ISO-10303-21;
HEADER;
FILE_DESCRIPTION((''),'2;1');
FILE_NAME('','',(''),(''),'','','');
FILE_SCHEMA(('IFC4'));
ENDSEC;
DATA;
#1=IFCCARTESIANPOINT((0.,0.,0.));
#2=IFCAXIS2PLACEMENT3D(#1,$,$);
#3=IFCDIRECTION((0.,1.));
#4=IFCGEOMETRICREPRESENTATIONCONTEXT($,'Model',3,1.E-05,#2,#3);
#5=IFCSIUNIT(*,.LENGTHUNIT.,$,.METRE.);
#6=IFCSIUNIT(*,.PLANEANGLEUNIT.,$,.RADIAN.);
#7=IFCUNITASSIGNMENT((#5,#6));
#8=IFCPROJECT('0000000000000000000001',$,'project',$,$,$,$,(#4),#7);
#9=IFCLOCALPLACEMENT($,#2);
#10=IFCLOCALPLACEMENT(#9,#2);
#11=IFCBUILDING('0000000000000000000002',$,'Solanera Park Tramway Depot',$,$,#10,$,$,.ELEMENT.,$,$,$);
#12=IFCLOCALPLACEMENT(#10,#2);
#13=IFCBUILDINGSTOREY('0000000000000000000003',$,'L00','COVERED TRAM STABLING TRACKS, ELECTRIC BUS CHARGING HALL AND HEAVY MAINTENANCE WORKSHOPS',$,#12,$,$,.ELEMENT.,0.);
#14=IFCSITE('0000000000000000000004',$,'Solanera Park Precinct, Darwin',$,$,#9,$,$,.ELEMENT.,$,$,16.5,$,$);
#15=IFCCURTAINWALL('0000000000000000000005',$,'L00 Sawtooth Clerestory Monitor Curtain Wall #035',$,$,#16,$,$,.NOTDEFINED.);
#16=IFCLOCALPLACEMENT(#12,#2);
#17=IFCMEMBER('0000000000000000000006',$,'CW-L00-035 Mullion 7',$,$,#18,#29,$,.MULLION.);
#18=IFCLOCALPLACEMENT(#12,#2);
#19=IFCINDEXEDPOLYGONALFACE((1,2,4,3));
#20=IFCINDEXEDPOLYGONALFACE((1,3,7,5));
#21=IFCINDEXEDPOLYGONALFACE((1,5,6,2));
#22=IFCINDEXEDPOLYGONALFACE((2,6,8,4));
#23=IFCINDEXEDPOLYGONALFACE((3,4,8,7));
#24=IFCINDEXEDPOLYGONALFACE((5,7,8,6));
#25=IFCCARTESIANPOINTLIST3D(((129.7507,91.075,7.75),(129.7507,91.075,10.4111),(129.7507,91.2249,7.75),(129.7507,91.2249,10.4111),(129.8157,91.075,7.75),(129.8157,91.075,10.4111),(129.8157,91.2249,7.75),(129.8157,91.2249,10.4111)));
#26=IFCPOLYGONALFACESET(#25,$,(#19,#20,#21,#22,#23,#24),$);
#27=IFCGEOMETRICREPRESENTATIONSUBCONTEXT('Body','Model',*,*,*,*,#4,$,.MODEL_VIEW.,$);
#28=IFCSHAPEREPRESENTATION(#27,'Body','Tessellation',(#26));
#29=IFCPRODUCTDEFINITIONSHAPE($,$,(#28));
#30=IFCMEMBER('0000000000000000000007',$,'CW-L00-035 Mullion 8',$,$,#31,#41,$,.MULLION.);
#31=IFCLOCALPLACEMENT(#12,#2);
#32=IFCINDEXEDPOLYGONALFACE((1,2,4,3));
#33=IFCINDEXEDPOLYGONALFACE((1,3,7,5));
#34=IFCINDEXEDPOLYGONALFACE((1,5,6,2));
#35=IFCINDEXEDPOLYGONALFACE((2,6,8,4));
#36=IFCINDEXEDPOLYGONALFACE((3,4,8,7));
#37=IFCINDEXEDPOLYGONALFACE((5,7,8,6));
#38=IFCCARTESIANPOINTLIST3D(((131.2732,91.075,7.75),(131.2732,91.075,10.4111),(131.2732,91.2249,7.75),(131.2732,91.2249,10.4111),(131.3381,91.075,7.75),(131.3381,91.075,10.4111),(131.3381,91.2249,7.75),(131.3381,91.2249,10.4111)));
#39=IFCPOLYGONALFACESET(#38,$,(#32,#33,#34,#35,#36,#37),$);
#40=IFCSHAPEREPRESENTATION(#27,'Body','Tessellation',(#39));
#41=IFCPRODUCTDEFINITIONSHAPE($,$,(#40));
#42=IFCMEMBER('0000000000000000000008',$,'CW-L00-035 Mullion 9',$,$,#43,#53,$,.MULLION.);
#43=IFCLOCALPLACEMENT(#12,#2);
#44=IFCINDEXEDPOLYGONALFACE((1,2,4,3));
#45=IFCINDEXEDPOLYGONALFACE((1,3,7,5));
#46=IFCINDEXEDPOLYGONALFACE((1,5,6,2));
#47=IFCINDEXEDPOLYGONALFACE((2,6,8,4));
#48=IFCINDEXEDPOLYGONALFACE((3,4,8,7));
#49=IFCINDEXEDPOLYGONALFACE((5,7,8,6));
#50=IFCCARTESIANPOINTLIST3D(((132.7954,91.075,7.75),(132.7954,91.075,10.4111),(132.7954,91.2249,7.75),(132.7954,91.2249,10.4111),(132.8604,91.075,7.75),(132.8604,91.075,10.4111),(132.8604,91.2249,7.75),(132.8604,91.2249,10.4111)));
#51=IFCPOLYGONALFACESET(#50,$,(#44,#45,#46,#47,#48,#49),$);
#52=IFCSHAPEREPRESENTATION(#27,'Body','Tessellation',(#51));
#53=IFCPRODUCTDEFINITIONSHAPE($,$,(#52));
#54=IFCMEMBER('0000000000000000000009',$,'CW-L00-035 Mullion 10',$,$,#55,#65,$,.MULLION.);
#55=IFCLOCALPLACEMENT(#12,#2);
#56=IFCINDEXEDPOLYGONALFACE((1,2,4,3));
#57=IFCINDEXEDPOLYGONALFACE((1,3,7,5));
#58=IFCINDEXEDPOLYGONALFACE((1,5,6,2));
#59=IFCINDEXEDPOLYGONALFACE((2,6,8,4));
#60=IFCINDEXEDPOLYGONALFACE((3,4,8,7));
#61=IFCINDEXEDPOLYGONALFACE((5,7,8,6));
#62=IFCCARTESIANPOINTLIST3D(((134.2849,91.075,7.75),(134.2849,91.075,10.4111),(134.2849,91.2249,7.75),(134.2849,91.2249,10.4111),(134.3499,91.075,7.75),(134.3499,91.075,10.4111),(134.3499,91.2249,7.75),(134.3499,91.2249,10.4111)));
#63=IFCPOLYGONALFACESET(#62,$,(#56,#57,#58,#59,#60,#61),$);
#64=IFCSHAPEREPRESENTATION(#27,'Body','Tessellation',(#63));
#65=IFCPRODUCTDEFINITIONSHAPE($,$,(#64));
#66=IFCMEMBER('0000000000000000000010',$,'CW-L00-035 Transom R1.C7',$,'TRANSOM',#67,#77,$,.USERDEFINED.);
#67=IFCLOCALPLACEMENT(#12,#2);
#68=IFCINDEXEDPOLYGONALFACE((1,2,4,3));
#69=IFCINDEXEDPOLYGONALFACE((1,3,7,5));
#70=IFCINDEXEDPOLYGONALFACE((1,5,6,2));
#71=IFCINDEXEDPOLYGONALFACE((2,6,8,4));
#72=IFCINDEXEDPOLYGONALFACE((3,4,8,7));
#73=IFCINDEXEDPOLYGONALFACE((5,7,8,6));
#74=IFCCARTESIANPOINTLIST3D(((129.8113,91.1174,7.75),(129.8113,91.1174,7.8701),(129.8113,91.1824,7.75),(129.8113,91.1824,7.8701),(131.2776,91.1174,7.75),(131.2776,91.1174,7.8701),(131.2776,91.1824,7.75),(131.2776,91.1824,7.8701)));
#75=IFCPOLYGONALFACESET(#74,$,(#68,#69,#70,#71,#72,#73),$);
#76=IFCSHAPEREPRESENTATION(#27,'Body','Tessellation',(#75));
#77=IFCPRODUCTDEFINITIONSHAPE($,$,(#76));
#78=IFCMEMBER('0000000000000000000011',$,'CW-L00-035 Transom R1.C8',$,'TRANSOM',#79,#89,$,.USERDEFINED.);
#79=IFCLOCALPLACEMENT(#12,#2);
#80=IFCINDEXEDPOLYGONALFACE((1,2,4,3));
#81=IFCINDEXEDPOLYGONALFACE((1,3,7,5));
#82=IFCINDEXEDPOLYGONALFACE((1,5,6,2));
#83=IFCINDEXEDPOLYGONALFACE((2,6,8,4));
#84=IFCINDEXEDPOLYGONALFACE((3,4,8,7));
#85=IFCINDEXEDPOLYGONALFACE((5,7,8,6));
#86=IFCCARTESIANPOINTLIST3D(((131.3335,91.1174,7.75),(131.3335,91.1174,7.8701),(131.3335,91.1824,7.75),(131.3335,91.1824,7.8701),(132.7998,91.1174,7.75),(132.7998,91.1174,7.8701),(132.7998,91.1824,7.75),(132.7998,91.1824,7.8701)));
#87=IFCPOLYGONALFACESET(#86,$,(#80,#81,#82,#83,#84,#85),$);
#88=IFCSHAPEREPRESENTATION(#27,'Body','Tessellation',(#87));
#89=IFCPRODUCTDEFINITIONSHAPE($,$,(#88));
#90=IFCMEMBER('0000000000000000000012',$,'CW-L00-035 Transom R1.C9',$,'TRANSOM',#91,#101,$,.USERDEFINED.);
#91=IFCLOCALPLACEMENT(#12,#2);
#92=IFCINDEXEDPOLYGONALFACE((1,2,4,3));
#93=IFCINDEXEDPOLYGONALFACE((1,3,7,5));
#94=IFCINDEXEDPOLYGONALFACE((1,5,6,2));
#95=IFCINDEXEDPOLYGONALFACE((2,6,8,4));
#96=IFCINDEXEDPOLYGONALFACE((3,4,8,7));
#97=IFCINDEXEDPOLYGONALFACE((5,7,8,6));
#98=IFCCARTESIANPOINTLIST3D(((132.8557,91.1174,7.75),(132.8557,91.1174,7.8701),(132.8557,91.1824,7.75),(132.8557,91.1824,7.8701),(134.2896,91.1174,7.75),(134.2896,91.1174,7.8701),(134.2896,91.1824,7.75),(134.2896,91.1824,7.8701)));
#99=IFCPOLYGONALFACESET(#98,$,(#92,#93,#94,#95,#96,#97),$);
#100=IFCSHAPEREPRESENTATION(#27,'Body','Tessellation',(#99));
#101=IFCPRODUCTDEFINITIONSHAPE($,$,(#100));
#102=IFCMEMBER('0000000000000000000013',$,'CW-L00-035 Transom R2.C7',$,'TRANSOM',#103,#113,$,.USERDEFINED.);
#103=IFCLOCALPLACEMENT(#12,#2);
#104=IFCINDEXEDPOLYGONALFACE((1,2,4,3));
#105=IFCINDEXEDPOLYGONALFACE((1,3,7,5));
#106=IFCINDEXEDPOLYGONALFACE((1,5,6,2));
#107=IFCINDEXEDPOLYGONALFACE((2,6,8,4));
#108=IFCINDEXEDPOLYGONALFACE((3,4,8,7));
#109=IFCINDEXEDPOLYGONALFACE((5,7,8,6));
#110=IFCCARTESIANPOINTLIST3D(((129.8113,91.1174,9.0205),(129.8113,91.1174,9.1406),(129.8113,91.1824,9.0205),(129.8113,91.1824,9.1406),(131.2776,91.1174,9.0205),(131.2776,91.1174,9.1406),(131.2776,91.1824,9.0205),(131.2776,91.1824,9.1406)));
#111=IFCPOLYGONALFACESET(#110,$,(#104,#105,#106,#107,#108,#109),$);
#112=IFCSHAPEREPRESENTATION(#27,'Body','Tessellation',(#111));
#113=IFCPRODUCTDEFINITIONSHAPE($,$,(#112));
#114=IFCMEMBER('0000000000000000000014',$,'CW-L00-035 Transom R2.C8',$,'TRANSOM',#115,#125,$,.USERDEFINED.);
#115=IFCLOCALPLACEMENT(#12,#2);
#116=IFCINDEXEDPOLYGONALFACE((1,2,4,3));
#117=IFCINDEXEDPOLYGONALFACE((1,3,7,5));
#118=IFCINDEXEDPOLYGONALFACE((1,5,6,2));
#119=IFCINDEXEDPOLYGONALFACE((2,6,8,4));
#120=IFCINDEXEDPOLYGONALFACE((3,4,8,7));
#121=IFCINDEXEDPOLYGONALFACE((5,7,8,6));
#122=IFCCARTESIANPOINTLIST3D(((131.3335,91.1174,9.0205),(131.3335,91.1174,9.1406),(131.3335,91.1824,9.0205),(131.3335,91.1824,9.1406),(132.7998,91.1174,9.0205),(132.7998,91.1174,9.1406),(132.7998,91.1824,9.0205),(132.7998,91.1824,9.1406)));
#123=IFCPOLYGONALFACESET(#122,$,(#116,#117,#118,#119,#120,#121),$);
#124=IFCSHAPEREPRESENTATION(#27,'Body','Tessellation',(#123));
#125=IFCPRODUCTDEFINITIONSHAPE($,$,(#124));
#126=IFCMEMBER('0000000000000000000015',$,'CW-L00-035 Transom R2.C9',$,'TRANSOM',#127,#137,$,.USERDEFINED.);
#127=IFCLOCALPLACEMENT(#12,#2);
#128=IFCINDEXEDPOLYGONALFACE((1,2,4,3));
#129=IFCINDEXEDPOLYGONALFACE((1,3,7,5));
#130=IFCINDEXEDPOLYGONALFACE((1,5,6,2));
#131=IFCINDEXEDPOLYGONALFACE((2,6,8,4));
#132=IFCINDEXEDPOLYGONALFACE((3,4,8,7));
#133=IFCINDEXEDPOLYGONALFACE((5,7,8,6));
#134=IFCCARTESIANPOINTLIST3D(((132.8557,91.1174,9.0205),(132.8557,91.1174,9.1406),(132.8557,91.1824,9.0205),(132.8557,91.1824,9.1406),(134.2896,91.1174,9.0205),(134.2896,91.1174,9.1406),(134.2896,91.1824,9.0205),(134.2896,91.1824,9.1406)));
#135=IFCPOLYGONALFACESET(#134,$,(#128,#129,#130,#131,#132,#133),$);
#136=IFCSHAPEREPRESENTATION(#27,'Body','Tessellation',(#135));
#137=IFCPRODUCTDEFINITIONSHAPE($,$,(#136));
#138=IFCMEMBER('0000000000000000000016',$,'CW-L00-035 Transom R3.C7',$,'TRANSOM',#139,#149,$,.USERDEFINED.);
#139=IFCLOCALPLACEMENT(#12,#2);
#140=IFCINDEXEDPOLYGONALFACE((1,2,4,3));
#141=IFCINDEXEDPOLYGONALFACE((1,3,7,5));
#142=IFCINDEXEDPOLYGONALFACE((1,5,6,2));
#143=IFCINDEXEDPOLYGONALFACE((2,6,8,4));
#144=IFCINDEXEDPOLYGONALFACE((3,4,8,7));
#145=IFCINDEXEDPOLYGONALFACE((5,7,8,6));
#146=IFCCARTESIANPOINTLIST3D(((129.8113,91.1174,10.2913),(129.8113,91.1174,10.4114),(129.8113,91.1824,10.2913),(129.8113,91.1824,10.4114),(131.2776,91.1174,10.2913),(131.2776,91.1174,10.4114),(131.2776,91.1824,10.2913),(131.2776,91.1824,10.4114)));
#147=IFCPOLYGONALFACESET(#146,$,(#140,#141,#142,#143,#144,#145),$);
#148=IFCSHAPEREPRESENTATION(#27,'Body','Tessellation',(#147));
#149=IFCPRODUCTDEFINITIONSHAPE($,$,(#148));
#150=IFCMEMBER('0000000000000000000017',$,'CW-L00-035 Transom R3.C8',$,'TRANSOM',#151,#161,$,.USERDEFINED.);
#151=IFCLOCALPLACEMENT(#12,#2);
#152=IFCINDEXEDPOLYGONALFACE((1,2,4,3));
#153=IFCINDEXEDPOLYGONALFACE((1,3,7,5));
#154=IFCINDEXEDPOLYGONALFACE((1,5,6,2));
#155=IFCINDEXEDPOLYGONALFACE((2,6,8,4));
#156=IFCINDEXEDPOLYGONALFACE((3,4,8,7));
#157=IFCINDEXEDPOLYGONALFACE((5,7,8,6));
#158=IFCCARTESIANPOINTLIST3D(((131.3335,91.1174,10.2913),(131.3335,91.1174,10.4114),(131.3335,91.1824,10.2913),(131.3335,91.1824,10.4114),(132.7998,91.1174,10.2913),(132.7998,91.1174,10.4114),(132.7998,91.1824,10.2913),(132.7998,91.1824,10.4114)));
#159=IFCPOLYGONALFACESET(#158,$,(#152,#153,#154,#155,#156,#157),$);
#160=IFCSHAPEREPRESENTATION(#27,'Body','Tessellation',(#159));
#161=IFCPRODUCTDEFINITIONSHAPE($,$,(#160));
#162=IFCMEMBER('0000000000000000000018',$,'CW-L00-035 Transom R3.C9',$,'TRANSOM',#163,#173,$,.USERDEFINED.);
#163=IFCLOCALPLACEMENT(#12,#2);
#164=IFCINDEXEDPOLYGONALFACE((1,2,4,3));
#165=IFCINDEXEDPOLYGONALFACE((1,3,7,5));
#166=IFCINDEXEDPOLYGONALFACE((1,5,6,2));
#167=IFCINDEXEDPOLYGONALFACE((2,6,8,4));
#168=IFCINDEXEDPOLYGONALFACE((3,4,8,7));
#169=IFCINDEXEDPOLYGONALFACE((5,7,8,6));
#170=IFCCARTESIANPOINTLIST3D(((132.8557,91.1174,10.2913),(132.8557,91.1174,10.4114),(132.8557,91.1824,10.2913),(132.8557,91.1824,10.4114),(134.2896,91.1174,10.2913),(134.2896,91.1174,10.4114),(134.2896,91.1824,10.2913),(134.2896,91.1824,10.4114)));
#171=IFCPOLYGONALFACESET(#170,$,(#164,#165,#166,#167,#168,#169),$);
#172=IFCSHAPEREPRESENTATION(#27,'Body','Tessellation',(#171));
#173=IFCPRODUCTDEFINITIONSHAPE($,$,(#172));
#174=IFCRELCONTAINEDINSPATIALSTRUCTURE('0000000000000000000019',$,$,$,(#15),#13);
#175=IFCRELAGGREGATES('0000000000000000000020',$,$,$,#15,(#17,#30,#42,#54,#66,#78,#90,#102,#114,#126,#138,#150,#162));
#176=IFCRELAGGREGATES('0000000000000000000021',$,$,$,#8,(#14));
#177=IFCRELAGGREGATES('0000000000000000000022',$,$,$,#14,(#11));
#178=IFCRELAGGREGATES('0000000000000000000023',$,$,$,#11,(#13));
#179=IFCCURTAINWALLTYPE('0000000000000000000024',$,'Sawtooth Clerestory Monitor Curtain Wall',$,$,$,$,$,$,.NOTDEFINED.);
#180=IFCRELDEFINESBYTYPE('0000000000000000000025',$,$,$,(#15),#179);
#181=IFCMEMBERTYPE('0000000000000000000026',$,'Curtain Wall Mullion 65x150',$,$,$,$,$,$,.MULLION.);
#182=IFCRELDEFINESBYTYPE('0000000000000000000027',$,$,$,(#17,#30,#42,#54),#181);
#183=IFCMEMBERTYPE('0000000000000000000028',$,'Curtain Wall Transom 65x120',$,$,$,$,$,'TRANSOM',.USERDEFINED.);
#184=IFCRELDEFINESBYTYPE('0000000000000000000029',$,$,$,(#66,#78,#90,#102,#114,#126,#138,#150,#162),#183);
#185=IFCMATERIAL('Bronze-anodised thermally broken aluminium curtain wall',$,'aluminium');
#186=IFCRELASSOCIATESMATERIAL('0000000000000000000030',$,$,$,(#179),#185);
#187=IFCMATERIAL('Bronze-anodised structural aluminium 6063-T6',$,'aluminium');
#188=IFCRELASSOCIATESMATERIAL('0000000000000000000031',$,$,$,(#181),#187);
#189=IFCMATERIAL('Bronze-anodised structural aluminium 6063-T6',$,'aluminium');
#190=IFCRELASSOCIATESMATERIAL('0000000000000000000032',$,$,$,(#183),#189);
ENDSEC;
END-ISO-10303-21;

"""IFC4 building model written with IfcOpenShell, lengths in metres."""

from ifc_helpers import new_model, si_unit, direction, frame, origin, origin_2d, place, context, subcontext, project, spatial, rectangle, extrude, material, material_profile, profile_set, type_object, element, aggregate, save


model = new_model("IFC4")

# Units and contexts
model_context = context("Model", 3, precision=1e-05, world=origin(), true_north=direction((0.0, 1.0)))
body_context = subcontext(model_context, "Body", "Model", "MODEL_VIEW")
ifc_project = project(units=[si_unit("LENGTHUNIT", "METRE"), si_unit("PLANEANGLEUNIT", "RADIAN")], contexts=[model_context])

# Site, building, storey
site_placement = place(None, origin())
site = spatial("IfcSite", under=ifc_project, at=site_placement, Name="Solanera Park Precinct, Darwin", CompositionType="ELEMENT", RefElevation=16.5)
building_placement = place(site_placement, origin())
building = spatial("IfcBuilding", under=site, at=building_placement, Name="Solanera Park Tramway Depot", CompositionType="ELEMENT")
storey_placement = place(building_placement, origin())
storey = spatial("IfcBuildingStorey", under=building, at=storey_placement, Name="L00", Description="COVERED TRAM STABLING TRACKS, ELECTRIC BUS CHARGING HALL AND HEAVY MAINTENANCE WORKSHOPS", CompositionType="ELEMENT", Elevation=0.0)

# Curtain wall, members
ifc_material_1 = material(Name="Bronze-anodised thermally broken aluminium curtain wall", Category="aluminium")
curtain_wall_type = type_object("IfcCurtainWallType", Name="Sawtooth Clerestory Monitor Curtain Wall", PredefinedType="NOTDEFINED", material=ifc_material_1)
curtain_wall_placement = place(storey_placement, origin())
curtain_wall = element("IfcCurtainWall", 1, at=curtain_wall_placement, inside=storey, type_object=curtain_wall_type, Name="L00 Sawtooth Clerestory Monitor Curtain Wall #035", PredefinedType="NOTDEFINED")
ifc_material_2 = material(Name="Bronze-anodised structural aluminium 6063-T6", Category="aluminium")
ifc_material_profile_1 = material_profile(ifc_material_2, rectangle(XDim=0.0649, YDim=0.1499, at=origin_2d()), Name="Curtain Wall Mullion 65x150")
ifc_profile_set_1 = profile_set([ifc_material_profile_1], Name="Bronze-anodised structural aluminium 6063-T6")
member_type_1 = type_object("IfcMemberType", Name="Curtain Wall Mullion 65x150", PredefinedType="MULLION", material=ifc_profile_set_1)
member_1_placement = place(storey_placement, frame((129.7832, 91.1499, 7.75), z_axis=(0.0, 0.0, 1.0), x_axis=(1.0, 0.0, 0.0)))
member_1 = element("IfcMember", 2, at=member_1_placement, type_object=member_type_1, Name="CW-L00-035 Mullion 7", PredefinedType="MULLION", context=body_context, shape_type="SweptSolid", body=[
    extrude(rectangle(XDim=0.0649, YDim=0.1499, at=origin_2d()), origin(), (0.0, 0.0, 1.0), 2.6611),
])
member_2_placement = place(storey_placement, frame((131.3057, 91.1499, 7.75), z_axis=(0.0, 0.0, 1.0), x_axis=(1.0, 0.0, 0.0)))
member_2 = element("IfcMember", 3, at=member_2_placement, type_object=member_type_1, Name="CW-L00-035 Mullion 8", PredefinedType="MULLION", context=body_context, shape_type="SweptSolid", body=[
    extrude(rectangle(XDim=0.0649, YDim=0.1499, at=origin_2d()), origin(), (0.0, 0.0, 1.0), 2.6611),
])
member_3_placement = place(storey_placement, frame((132.8279, 91.1499, 7.75), z_axis=(0.0, 0.0, 1.0), x_axis=(1.0, 0.0, 0.0)))
member_3 = element("IfcMember", 4, at=member_3_placement, type_object=member_type_1, Name="CW-L00-035 Mullion 9", PredefinedType="MULLION", context=body_context, shape_type="SweptSolid", body=[
    extrude(rectangle(XDim=0.0649, YDim=0.1499, at=origin_2d()), origin(), (0.0, 0.0, 1.0), 2.6611),
])
member_4_placement = place(storey_placement, frame((134.3174, 91.1499, 7.75), z_axis=(0.0, 0.0, 1.0), x_axis=(1.0, 0.0, 0.0)))
member_4 = element("IfcMember", 5, at=member_4_placement, type_object=member_type_1, Name="CW-L00-035 Mullion 10", PredefinedType="MULLION", context=body_context, shape_type="SweptSolid", body=[
    extrude(rectangle(XDim=0.0649, YDim=0.1499, at=origin_2d()), origin(), (0.0, 0.0, 1.0), 2.6611),
])
ifc_material_3 = material(Name="Bronze-anodised structural aluminium 6063-T6", Category="aluminium")
ifc_material_profile_2 = material_profile(ifc_material_3, rectangle(XDim=0.0649, YDim=0.1201, at=origin_2d()), Name="Curtain Wall Transom 65x120")
ifc_profile_set_2 = profile_set([ifc_material_profile_2], Name="Bronze-anodised structural aluminium 6063-T6")
member_type_2 = type_object("IfcMemberType", Name="Curtain Wall Transom 65x120", ElementType="TRANSOM", PredefinedType="USERDEFINED", material=ifc_profile_set_2)
member_5_placement = place(storey_placement, frame((129.8113, 91.1499, 7.8101), z_axis=(1.0, 0.0, 0.0), x_axis=(0.0, 1.0, 0.0)))
member_5 = element("IfcMember", 6, at=member_5_placement, type_object=member_type_2, Name="CW-L00-035 Transom R1.C7", ObjectType="TRANSOM", PredefinedType="USERDEFINED", context=body_context, shape_type="SweptSolid", body=[
    extrude(rectangle(XDim=0.0649, YDim=0.1201, at=origin_2d()), origin(), (0.0, 0.0, 1.0), 1.4663),
])
member_6_placement = place(storey_placement, frame((131.3335, 91.1499, 7.8101), z_axis=(1.0, 0.0, 0.0), x_axis=(0.0, 1.0, 0.0)))
member_6 = element("IfcMember", 7, at=member_6_placement, type_object=member_type_2, Name="CW-L00-035 Transom R1.C8", ObjectType="TRANSOM", PredefinedType="USERDEFINED", context=body_context, shape_type="SweptSolid", body=[
    extrude(rectangle(XDim=0.0649, YDim=0.1201, at=origin_2d()), origin(), (0.0, 0.0, 1.0), 1.4663),
])
member_7_placement = place(storey_placement, frame((132.8557, 91.1499, 7.8101), z_axis=(1.0, 0.0, 0.0), x_axis=(0.0, 1.0, 0.0)))
member_7 = element("IfcMember", 8, at=member_7_placement, type_object=member_type_2, Name="CW-L00-035 Transom R1.C9", ObjectType="TRANSOM", PredefinedType="USERDEFINED", context=body_context, shape_type="SweptSolid", body=[
    extrude(rectangle(XDim=0.0649, YDim=0.1201, at=origin_2d()), origin(), (0.0, 0.0, 1.0), 1.4338),
])
member_8_placement = place(storey_placement, frame((129.8113, 91.1499, 9.0806), z_axis=(1.0, 0.0, 0.0), x_axis=(0.0, 1.0, 0.0)))
member_8 = element("IfcMember", 9, at=member_8_placement, type_object=member_type_2, Name="CW-L00-035 Transom R2.C7", ObjectType="TRANSOM", PredefinedType="USERDEFINED", context=body_context, shape_type="SweptSolid", body=[
    extrude(rectangle(XDim=0.0649, YDim=0.1201, at=origin_2d()), origin(), (0.0, 0.0, 1.0), 1.4663),
])
member_9_placement = place(storey_placement, frame((131.3335, 91.1499, 9.0806), z_axis=(1.0, 0.0, 0.0), x_axis=(0.0, 1.0, 0.0)))
member_9 = element("IfcMember", 10, at=member_9_placement, type_object=member_type_2, Name="CW-L00-035 Transom R2.C8", ObjectType="TRANSOM", PredefinedType="USERDEFINED", context=body_context, shape_type="SweptSolid", body=[
    extrude(rectangle(XDim=0.0649, YDim=0.1201, at=origin_2d()), origin(), (0.0, 0.0, 1.0), 1.4663),
])
member_10_placement = place(storey_placement, frame((132.8557, 91.1499, 9.0806), z_axis=(1.0, 0.0, 0.0), x_axis=(0.0, 1.0, 0.0)))
member_10 = element("IfcMember", 11, at=member_10_placement, type_object=member_type_2, Name="CW-L00-035 Transom R2.C9", ObjectType="TRANSOM", PredefinedType="USERDEFINED", context=body_context, shape_type="SweptSolid", body=[
    extrude(rectangle(XDim=0.0649, YDim=0.1201, at=origin_2d()), origin(), (0.0, 0.0, 1.0), 1.4338),
])
member_11_placement = place(storey_placement, frame((129.8113, 91.1499, 10.3513), z_axis=(1.0, 0.0, 0.0), x_axis=(0.0, 1.0, 0.0)))
member_11 = element("IfcMember", 12, at=member_11_placement, type_object=member_type_2, Name="CW-L00-035 Transom R3.C7", ObjectType="TRANSOM", PredefinedType="USERDEFINED", context=body_context, shape_type="SweptSolid", body=[
    extrude(rectangle(XDim=0.0649, YDim=0.1201, at=origin_2d()), origin(), (0.0, 0.0, 1.0), 1.4663),
])
member_12_placement = place(storey_placement, frame((131.3335, 91.1499, 10.3513), z_axis=(1.0, 0.0, 0.0), x_axis=(0.0, 1.0, 0.0)))
member_12 = element("IfcMember", 13, at=member_12_placement, type_object=member_type_2, Name="CW-L00-035 Transom R3.C8", ObjectType="TRANSOM", PredefinedType="USERDEFINED", context=body_context, shape_type="SweptSolid", body=[
    extrude(rectangle(XDim=0.0649, YDim=0.1201, at=origin_2d()), origin(), (0.0, 0.0, 1.0), 1.4663),
])
member_13_placement = place(storey_placement, frame((132.8557, 91.1499, 10.3513), z_axis=(1.0, 0.0, 0.0), x_axis=(0.0, 1.0, 0.0)))
member_13 = element("IfcMember", 14, at=member_13_placement, type_object=member_type_2, Name="CW-L00-035 Transom R3.C9", ObjectType="TRANSOM", PredefinedType="USERDEFINED", context=body_context, shape_type="SweptSolid", body=[
    extrude(rectangle(XDim=0.0649, YDim=0.1201, at=origin_2d()), origin(), (0.0, 0.0, 1.0), 1.4338),
])

aggregate(curtain_wall, [member_1, member_2, member_3, member_4, member_5, member_6, member_7, member_8, member_9, member_10, member_11, member_12, member_13])

save(model, "model.ifc")
